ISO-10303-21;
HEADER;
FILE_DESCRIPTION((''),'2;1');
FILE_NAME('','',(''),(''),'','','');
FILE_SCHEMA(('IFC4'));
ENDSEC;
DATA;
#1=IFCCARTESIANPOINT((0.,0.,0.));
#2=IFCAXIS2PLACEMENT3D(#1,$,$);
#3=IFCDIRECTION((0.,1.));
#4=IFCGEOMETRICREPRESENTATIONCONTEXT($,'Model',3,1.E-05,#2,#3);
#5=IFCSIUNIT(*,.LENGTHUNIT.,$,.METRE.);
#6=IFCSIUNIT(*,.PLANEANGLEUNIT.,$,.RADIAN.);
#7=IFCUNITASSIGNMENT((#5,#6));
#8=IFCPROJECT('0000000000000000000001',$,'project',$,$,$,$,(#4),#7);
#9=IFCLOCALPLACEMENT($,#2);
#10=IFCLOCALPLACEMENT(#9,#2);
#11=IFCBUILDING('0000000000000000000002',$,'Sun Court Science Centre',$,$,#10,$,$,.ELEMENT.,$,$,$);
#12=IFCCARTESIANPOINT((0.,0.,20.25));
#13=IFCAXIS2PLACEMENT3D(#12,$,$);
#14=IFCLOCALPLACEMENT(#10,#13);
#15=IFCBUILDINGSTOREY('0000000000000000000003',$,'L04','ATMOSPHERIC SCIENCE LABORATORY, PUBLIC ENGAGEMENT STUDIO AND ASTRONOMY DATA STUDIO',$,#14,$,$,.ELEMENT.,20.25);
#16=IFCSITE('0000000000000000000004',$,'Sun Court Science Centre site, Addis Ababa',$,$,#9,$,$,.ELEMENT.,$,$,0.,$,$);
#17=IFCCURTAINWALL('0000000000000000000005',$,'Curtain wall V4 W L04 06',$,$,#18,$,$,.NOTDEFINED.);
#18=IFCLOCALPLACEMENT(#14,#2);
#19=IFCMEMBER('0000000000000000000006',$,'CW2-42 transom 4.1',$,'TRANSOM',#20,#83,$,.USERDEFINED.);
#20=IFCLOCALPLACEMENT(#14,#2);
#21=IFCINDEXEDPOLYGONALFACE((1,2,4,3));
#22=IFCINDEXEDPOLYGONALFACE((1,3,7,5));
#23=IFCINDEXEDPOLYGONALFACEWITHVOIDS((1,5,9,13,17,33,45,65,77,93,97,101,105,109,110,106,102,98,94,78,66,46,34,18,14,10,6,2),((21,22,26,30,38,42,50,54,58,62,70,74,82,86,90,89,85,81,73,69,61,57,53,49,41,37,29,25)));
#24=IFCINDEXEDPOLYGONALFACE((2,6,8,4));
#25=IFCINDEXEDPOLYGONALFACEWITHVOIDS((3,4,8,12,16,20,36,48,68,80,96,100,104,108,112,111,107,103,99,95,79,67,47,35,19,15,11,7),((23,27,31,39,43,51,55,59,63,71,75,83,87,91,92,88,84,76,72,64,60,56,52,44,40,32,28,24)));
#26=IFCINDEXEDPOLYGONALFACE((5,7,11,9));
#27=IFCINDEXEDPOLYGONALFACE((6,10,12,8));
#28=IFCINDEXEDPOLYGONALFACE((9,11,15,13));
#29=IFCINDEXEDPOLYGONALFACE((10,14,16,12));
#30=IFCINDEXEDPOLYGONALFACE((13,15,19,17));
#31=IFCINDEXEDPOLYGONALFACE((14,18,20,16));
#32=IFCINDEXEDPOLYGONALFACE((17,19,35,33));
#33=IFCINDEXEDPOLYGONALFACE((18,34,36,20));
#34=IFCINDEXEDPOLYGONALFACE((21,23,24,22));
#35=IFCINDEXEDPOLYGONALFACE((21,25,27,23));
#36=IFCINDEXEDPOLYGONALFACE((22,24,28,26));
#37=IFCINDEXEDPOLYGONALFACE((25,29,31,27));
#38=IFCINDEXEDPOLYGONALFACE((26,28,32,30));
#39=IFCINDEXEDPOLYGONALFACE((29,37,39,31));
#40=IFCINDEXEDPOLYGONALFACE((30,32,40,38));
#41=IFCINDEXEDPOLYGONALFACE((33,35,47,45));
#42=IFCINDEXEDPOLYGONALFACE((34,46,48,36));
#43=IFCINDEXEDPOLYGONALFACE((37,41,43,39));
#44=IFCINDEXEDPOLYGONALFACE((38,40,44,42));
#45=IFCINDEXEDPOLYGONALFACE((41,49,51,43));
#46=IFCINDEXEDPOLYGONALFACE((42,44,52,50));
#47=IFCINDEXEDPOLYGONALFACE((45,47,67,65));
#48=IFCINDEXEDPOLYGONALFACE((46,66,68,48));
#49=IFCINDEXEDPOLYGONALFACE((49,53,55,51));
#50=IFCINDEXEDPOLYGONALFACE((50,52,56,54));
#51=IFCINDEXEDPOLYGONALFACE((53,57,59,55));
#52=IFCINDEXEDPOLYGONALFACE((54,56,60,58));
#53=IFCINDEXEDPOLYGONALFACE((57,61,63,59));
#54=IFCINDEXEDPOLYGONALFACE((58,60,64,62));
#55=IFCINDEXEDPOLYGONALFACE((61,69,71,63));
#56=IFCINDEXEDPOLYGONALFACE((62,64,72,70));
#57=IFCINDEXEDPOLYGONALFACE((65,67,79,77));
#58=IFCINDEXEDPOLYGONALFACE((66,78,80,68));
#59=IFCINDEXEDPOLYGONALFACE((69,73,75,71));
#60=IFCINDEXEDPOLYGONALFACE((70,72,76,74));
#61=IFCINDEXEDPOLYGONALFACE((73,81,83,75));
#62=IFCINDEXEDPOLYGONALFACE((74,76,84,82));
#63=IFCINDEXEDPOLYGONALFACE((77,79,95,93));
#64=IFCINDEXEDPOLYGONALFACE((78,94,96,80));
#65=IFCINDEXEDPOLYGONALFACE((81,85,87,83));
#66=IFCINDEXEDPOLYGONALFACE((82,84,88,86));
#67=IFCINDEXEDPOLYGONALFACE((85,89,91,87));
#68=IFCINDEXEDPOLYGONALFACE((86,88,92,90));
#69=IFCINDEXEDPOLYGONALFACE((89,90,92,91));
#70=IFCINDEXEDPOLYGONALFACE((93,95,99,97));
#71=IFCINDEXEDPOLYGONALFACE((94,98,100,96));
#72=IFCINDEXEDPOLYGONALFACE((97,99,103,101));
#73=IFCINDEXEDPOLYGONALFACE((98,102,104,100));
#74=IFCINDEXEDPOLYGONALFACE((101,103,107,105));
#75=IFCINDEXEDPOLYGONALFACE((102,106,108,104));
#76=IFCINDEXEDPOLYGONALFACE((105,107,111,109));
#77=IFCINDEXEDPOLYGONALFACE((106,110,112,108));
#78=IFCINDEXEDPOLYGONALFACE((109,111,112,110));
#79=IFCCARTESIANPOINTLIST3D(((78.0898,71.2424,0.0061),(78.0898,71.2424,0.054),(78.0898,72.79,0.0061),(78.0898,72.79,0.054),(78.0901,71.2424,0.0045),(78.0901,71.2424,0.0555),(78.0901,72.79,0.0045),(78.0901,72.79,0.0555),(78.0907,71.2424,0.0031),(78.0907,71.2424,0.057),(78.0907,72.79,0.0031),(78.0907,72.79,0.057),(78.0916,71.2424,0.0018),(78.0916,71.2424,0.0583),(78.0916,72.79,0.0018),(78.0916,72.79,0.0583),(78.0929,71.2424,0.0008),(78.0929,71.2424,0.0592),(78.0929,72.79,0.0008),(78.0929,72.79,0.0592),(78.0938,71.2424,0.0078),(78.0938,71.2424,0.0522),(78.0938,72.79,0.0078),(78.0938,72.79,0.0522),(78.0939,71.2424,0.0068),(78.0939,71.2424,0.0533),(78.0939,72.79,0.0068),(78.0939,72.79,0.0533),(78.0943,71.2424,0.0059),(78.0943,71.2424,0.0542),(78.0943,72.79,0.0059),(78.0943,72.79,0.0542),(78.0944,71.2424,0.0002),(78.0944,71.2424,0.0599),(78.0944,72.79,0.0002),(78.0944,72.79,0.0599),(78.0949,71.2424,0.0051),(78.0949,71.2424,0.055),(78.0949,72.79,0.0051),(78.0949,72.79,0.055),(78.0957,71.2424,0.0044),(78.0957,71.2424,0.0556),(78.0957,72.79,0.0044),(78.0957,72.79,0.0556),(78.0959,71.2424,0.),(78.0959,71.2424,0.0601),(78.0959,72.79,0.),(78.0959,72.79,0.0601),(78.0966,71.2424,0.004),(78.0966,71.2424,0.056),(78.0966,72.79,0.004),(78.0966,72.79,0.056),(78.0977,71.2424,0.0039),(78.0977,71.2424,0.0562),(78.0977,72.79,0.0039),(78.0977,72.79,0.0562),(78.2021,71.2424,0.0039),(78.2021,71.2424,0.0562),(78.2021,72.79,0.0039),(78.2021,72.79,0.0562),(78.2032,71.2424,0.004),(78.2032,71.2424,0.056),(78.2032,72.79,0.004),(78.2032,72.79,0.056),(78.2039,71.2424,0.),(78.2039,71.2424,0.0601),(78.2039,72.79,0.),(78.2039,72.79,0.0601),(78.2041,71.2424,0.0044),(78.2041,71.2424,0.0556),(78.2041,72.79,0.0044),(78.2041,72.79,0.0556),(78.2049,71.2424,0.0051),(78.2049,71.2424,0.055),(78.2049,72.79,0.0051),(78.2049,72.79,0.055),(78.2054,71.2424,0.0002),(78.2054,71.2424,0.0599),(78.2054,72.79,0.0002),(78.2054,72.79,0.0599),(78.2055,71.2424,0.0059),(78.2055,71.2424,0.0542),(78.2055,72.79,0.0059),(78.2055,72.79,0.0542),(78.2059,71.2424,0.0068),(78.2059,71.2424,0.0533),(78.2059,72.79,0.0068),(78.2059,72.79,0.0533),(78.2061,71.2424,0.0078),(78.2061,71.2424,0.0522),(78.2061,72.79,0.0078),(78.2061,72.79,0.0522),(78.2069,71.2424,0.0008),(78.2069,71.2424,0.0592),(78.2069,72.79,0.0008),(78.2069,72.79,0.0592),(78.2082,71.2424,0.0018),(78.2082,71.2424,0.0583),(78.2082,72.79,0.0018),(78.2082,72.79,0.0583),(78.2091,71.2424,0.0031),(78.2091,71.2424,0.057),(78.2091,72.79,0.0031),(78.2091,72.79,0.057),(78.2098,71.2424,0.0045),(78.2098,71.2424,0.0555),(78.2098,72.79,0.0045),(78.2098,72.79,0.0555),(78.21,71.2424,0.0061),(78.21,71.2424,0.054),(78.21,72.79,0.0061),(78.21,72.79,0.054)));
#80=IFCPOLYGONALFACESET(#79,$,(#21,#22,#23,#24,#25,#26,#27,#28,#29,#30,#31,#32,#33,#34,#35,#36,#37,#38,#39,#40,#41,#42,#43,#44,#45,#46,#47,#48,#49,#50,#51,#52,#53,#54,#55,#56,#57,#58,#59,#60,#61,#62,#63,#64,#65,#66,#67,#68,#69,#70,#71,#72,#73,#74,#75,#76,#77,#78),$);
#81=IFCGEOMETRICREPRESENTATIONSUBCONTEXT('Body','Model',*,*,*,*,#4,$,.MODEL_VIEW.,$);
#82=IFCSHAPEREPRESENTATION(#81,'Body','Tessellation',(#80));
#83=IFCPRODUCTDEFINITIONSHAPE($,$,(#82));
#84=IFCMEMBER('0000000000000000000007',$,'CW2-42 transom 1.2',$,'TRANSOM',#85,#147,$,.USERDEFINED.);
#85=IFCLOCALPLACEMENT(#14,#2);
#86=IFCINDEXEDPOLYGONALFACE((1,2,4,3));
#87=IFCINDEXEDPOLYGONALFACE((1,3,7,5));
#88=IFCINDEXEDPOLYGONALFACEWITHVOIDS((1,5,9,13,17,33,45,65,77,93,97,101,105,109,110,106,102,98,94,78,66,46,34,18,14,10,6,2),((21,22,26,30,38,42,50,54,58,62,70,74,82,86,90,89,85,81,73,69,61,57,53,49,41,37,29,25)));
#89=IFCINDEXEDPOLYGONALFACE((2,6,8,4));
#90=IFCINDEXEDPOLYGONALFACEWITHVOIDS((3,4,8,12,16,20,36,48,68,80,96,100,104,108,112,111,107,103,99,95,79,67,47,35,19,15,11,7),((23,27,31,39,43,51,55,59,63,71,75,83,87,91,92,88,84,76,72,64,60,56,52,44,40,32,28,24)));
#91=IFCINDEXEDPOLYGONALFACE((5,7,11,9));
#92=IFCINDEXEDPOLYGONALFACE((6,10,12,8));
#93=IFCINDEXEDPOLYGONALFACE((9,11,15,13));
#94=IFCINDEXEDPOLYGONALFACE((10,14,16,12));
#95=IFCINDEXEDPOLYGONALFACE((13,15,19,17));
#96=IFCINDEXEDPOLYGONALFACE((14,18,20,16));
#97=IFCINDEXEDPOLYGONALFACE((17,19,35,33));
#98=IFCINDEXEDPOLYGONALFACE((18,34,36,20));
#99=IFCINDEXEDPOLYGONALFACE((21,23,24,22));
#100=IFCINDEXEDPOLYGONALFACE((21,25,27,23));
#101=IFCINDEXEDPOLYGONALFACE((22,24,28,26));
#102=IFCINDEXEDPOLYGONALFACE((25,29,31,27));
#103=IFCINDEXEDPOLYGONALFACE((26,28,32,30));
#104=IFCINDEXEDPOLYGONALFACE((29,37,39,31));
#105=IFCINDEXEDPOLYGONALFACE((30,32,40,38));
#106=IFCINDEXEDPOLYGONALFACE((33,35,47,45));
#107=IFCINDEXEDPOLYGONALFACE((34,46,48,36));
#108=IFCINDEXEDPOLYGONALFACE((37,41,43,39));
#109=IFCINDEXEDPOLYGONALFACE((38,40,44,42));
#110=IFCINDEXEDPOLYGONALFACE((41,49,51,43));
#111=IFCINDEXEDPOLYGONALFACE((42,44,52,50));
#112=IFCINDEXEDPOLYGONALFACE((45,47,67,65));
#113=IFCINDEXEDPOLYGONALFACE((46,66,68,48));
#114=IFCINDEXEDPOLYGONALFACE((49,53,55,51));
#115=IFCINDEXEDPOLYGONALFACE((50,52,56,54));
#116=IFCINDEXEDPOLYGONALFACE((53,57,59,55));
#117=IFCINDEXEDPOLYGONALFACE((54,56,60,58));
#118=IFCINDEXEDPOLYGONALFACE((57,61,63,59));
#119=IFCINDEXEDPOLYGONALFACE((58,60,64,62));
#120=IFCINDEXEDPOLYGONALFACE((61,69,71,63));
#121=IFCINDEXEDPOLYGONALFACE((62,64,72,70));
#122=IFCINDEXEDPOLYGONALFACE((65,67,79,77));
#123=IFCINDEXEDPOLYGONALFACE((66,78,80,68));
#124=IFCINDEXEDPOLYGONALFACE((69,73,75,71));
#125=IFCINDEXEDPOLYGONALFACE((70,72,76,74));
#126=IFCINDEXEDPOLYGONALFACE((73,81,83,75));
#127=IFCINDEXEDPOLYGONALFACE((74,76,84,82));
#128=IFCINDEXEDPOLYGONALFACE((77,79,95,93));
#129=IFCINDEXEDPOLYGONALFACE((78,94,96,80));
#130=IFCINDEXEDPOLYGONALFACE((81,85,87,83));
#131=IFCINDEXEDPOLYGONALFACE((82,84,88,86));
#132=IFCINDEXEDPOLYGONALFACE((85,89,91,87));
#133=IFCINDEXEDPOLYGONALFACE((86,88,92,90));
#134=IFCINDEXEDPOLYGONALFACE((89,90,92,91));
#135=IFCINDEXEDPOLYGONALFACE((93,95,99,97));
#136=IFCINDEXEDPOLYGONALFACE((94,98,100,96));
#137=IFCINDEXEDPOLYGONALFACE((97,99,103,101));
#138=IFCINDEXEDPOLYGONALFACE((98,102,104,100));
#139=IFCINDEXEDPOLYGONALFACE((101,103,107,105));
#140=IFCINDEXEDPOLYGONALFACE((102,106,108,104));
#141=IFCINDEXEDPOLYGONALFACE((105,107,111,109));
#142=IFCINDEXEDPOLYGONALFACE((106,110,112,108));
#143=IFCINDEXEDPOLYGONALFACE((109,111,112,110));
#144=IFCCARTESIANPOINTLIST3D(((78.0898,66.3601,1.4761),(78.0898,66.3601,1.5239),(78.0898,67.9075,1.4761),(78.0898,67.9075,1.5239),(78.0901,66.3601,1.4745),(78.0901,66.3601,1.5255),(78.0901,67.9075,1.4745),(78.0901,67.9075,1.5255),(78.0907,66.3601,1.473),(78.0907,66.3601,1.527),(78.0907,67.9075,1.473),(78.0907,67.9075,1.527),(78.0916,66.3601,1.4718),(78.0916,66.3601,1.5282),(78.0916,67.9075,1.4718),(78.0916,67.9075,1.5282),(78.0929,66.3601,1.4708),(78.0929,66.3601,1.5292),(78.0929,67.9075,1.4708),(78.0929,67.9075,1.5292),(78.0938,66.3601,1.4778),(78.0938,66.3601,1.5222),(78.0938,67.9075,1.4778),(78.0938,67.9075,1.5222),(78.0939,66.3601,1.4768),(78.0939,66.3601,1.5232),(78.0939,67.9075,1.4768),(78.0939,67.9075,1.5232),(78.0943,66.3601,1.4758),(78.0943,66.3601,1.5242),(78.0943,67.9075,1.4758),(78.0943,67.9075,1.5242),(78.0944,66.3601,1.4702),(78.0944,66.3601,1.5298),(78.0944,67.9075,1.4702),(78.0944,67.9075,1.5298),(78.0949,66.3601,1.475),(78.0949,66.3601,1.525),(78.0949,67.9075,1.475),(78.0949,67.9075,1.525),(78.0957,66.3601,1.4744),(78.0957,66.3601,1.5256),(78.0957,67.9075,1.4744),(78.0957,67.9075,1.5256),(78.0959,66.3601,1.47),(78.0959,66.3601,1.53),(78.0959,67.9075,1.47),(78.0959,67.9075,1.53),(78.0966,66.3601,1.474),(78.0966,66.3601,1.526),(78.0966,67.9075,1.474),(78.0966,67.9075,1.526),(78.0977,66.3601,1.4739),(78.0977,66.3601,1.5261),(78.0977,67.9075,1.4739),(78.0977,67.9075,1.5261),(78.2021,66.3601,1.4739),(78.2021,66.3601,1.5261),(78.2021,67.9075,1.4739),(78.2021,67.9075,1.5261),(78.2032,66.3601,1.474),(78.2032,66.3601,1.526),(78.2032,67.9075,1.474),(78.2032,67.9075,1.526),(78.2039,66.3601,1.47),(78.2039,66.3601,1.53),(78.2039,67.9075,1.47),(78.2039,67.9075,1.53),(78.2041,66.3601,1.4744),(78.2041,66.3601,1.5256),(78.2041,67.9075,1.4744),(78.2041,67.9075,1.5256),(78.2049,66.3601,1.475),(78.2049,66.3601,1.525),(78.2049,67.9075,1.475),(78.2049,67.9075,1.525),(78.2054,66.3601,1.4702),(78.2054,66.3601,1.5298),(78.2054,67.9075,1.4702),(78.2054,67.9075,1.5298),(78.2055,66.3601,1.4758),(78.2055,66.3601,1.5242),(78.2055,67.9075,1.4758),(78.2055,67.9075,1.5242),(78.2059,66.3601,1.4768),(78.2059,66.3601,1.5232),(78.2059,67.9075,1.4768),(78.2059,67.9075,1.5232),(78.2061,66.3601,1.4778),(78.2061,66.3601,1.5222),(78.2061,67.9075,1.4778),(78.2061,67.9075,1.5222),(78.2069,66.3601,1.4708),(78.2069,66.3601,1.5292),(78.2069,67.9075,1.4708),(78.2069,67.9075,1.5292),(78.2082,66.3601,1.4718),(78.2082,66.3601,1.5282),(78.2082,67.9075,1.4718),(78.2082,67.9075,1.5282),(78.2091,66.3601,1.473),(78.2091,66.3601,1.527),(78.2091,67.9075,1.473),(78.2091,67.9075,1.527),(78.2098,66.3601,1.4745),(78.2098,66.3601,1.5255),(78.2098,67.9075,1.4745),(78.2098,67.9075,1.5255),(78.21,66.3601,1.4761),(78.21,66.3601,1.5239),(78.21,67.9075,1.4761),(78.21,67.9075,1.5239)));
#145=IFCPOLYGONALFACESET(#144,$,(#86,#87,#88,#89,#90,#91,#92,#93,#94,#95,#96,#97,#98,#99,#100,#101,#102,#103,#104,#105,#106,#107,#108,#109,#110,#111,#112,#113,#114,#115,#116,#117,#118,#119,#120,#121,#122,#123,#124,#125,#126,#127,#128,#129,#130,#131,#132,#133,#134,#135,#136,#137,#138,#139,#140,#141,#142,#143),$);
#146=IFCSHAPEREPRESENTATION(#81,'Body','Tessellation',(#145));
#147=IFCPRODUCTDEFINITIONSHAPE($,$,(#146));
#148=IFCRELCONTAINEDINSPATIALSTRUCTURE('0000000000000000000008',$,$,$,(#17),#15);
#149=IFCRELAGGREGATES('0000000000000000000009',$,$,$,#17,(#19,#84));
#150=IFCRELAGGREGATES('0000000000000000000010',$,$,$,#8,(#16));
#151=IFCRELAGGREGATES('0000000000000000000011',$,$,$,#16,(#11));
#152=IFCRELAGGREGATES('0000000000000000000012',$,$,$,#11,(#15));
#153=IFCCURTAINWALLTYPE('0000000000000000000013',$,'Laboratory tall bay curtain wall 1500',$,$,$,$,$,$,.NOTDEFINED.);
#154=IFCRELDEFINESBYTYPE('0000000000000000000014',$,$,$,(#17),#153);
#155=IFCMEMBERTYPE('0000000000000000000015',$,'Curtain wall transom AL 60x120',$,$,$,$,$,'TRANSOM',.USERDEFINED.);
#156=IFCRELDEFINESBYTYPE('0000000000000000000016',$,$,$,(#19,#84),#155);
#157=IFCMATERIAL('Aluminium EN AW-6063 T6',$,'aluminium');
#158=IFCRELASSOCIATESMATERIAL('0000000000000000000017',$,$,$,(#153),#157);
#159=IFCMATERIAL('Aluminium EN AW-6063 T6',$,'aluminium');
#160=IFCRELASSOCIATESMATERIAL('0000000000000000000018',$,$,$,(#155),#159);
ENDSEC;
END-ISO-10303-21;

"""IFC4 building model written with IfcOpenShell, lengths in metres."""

from ifc_helpers import new_model, si_unit, direction, frame, origin, origin_2d, place, context, subcontext, project, spatial, hollow_rectangle, extrude, material, material_profile, profile_set, type_object, element, aggregate, save


model = new_model("IFC4")

# Units and contexts
model_context = context("Model", 3, precision=1e-05, world=origin(), true_north=direction((0.0, 1.0)))
body_context = subcontext(model_context, "Body", "Model", "MODEL_VIEW")
ifc_project = project(units=[si_unit("LENGTHUNIT", "METRE"), si_unit("PLANEANGLEUNIT", "RADIAN")], contexts=[model_context])

# Site, building, storey
site_placement = place(None, origin())
site = spatial("IfcSite", under=ifc_project, at=site_placement, Name="Sun Court Science Centre site, Addis Ababa", CompositionType="ELEMENT", RefElevation=0.0)
building_placement = place(site_placement, origin())
building = spatial("IfcBuilding", under=site, at=building_placement, Name="Sun Court Science Centre", CompositionType="ELEMENT")
storey_placement = place(building_placement, frame((0.0, 0.0, 20.25)))
storey = spatial("IfcBuildingStorey", under=building, at=storey_placement, Name="L04", Description="ATMOSPHERIC SCIENCE LABORATORY, PUBLIC ENGAGEMENT STUDIO AND ASTRONOMY DATA STUDIO", CompositionType="ELEMENT", Elevation=20.25)

# Curtain wall
ifc_material_1 = material(Name="Aluminium EN AW-6063 T6", Category="aluminium")
curtain_wall_type = type_object("IfcCurtainWallType", Name="Laboratory tall bay curtain wall 1500", PredefinedType="NOTDEFINED", material=ifc_material_1)
curtain_wall_1_placement = place(storey_placement, origin())
curtain_wall_1 = element("IfcCurtainWall", 1, at=curtain_wall_1_placement, inside=storey, type_object=curtain_wall_type, Name="Curtain wall V4 W L04 06", PredefinedType="NOTDEFINED")

# Members
ifc_material_2 = material(Name="Aluminium EN AW-6063 T6", Category="aluminium")
ifc_material_profile_1 = material_profile(ifc_material_2, hollow_rectangle(XDim=0.0601, YDim=0.1201, WallThickness=0.0039, InnerFilletRadius=0.0039, OuterFilletRadius=0.0061, at=origin_2d()), Name="AL 60x120x4")
ifc_profile_set_1 = profile_set([ifc_material_profile_1], Name="Aluminium EN AW-6063 T6")
member_type_1 = type_object("IfcMemberType", Name="Curtain wall transom AL 60x120", ElementType="TRANSOM", PredefinedType="USERDEFINED", material=ifc_profile_set_1)
member_1_placement = place(storey_placement, frame((78.1499, 71.2424, 0.03), z_axis=(0.0, 1.0, 0.0), x_axis=(0.0, 0.0, 1.0)))
member_1 = element("IfcMember", 2, at=member_1_placement, type_object=member_type_1, Name="CW2-42 transom 4.1", ObjectType="TRANSOM", PredefinedType="USERDEFINED", context=body_context, shape_type="SweptSolid", body=[
    extrude(hollow_rectangle(XDim=0.0601, YDim=0.1201, WallThickness=0.0039, InnerFilletRadius=0.0039, OuterFilletRadius=0.0061, at=origin_2d()), origin(), (0.0, 0.0, 1.0), 1.5476),
])
member_2_placement = place(storey_placement, frame((78.1499, 66.3601, 1.5), z_axis=(0.0, 1.0, 0.0), x_axis=(0.0, 0.0, 1.0)))
member_2 = element("IfcMember", 3, at=member_2_placement, type_object=member_type_1, Name="CW2-42 transom 1.2", ObjectType="TRANSOM", PredefinedType="USERDEFINED", context=body_context, shape_type="SweptSolid", body=[
    extrude(hollow_rectangle(XDim=0.0601, YDim=0.1201, WallThickness=0.0039, InnerFilletRadius=0.0039, OuterFilletRadius=0.0061, at=origin_2d()), origin(), (0.0, 0.0, 1.0), 1.5474),
])

aggregate(curtain_wall_1, [member_1, member_2])

save(model, "model.ifc")
